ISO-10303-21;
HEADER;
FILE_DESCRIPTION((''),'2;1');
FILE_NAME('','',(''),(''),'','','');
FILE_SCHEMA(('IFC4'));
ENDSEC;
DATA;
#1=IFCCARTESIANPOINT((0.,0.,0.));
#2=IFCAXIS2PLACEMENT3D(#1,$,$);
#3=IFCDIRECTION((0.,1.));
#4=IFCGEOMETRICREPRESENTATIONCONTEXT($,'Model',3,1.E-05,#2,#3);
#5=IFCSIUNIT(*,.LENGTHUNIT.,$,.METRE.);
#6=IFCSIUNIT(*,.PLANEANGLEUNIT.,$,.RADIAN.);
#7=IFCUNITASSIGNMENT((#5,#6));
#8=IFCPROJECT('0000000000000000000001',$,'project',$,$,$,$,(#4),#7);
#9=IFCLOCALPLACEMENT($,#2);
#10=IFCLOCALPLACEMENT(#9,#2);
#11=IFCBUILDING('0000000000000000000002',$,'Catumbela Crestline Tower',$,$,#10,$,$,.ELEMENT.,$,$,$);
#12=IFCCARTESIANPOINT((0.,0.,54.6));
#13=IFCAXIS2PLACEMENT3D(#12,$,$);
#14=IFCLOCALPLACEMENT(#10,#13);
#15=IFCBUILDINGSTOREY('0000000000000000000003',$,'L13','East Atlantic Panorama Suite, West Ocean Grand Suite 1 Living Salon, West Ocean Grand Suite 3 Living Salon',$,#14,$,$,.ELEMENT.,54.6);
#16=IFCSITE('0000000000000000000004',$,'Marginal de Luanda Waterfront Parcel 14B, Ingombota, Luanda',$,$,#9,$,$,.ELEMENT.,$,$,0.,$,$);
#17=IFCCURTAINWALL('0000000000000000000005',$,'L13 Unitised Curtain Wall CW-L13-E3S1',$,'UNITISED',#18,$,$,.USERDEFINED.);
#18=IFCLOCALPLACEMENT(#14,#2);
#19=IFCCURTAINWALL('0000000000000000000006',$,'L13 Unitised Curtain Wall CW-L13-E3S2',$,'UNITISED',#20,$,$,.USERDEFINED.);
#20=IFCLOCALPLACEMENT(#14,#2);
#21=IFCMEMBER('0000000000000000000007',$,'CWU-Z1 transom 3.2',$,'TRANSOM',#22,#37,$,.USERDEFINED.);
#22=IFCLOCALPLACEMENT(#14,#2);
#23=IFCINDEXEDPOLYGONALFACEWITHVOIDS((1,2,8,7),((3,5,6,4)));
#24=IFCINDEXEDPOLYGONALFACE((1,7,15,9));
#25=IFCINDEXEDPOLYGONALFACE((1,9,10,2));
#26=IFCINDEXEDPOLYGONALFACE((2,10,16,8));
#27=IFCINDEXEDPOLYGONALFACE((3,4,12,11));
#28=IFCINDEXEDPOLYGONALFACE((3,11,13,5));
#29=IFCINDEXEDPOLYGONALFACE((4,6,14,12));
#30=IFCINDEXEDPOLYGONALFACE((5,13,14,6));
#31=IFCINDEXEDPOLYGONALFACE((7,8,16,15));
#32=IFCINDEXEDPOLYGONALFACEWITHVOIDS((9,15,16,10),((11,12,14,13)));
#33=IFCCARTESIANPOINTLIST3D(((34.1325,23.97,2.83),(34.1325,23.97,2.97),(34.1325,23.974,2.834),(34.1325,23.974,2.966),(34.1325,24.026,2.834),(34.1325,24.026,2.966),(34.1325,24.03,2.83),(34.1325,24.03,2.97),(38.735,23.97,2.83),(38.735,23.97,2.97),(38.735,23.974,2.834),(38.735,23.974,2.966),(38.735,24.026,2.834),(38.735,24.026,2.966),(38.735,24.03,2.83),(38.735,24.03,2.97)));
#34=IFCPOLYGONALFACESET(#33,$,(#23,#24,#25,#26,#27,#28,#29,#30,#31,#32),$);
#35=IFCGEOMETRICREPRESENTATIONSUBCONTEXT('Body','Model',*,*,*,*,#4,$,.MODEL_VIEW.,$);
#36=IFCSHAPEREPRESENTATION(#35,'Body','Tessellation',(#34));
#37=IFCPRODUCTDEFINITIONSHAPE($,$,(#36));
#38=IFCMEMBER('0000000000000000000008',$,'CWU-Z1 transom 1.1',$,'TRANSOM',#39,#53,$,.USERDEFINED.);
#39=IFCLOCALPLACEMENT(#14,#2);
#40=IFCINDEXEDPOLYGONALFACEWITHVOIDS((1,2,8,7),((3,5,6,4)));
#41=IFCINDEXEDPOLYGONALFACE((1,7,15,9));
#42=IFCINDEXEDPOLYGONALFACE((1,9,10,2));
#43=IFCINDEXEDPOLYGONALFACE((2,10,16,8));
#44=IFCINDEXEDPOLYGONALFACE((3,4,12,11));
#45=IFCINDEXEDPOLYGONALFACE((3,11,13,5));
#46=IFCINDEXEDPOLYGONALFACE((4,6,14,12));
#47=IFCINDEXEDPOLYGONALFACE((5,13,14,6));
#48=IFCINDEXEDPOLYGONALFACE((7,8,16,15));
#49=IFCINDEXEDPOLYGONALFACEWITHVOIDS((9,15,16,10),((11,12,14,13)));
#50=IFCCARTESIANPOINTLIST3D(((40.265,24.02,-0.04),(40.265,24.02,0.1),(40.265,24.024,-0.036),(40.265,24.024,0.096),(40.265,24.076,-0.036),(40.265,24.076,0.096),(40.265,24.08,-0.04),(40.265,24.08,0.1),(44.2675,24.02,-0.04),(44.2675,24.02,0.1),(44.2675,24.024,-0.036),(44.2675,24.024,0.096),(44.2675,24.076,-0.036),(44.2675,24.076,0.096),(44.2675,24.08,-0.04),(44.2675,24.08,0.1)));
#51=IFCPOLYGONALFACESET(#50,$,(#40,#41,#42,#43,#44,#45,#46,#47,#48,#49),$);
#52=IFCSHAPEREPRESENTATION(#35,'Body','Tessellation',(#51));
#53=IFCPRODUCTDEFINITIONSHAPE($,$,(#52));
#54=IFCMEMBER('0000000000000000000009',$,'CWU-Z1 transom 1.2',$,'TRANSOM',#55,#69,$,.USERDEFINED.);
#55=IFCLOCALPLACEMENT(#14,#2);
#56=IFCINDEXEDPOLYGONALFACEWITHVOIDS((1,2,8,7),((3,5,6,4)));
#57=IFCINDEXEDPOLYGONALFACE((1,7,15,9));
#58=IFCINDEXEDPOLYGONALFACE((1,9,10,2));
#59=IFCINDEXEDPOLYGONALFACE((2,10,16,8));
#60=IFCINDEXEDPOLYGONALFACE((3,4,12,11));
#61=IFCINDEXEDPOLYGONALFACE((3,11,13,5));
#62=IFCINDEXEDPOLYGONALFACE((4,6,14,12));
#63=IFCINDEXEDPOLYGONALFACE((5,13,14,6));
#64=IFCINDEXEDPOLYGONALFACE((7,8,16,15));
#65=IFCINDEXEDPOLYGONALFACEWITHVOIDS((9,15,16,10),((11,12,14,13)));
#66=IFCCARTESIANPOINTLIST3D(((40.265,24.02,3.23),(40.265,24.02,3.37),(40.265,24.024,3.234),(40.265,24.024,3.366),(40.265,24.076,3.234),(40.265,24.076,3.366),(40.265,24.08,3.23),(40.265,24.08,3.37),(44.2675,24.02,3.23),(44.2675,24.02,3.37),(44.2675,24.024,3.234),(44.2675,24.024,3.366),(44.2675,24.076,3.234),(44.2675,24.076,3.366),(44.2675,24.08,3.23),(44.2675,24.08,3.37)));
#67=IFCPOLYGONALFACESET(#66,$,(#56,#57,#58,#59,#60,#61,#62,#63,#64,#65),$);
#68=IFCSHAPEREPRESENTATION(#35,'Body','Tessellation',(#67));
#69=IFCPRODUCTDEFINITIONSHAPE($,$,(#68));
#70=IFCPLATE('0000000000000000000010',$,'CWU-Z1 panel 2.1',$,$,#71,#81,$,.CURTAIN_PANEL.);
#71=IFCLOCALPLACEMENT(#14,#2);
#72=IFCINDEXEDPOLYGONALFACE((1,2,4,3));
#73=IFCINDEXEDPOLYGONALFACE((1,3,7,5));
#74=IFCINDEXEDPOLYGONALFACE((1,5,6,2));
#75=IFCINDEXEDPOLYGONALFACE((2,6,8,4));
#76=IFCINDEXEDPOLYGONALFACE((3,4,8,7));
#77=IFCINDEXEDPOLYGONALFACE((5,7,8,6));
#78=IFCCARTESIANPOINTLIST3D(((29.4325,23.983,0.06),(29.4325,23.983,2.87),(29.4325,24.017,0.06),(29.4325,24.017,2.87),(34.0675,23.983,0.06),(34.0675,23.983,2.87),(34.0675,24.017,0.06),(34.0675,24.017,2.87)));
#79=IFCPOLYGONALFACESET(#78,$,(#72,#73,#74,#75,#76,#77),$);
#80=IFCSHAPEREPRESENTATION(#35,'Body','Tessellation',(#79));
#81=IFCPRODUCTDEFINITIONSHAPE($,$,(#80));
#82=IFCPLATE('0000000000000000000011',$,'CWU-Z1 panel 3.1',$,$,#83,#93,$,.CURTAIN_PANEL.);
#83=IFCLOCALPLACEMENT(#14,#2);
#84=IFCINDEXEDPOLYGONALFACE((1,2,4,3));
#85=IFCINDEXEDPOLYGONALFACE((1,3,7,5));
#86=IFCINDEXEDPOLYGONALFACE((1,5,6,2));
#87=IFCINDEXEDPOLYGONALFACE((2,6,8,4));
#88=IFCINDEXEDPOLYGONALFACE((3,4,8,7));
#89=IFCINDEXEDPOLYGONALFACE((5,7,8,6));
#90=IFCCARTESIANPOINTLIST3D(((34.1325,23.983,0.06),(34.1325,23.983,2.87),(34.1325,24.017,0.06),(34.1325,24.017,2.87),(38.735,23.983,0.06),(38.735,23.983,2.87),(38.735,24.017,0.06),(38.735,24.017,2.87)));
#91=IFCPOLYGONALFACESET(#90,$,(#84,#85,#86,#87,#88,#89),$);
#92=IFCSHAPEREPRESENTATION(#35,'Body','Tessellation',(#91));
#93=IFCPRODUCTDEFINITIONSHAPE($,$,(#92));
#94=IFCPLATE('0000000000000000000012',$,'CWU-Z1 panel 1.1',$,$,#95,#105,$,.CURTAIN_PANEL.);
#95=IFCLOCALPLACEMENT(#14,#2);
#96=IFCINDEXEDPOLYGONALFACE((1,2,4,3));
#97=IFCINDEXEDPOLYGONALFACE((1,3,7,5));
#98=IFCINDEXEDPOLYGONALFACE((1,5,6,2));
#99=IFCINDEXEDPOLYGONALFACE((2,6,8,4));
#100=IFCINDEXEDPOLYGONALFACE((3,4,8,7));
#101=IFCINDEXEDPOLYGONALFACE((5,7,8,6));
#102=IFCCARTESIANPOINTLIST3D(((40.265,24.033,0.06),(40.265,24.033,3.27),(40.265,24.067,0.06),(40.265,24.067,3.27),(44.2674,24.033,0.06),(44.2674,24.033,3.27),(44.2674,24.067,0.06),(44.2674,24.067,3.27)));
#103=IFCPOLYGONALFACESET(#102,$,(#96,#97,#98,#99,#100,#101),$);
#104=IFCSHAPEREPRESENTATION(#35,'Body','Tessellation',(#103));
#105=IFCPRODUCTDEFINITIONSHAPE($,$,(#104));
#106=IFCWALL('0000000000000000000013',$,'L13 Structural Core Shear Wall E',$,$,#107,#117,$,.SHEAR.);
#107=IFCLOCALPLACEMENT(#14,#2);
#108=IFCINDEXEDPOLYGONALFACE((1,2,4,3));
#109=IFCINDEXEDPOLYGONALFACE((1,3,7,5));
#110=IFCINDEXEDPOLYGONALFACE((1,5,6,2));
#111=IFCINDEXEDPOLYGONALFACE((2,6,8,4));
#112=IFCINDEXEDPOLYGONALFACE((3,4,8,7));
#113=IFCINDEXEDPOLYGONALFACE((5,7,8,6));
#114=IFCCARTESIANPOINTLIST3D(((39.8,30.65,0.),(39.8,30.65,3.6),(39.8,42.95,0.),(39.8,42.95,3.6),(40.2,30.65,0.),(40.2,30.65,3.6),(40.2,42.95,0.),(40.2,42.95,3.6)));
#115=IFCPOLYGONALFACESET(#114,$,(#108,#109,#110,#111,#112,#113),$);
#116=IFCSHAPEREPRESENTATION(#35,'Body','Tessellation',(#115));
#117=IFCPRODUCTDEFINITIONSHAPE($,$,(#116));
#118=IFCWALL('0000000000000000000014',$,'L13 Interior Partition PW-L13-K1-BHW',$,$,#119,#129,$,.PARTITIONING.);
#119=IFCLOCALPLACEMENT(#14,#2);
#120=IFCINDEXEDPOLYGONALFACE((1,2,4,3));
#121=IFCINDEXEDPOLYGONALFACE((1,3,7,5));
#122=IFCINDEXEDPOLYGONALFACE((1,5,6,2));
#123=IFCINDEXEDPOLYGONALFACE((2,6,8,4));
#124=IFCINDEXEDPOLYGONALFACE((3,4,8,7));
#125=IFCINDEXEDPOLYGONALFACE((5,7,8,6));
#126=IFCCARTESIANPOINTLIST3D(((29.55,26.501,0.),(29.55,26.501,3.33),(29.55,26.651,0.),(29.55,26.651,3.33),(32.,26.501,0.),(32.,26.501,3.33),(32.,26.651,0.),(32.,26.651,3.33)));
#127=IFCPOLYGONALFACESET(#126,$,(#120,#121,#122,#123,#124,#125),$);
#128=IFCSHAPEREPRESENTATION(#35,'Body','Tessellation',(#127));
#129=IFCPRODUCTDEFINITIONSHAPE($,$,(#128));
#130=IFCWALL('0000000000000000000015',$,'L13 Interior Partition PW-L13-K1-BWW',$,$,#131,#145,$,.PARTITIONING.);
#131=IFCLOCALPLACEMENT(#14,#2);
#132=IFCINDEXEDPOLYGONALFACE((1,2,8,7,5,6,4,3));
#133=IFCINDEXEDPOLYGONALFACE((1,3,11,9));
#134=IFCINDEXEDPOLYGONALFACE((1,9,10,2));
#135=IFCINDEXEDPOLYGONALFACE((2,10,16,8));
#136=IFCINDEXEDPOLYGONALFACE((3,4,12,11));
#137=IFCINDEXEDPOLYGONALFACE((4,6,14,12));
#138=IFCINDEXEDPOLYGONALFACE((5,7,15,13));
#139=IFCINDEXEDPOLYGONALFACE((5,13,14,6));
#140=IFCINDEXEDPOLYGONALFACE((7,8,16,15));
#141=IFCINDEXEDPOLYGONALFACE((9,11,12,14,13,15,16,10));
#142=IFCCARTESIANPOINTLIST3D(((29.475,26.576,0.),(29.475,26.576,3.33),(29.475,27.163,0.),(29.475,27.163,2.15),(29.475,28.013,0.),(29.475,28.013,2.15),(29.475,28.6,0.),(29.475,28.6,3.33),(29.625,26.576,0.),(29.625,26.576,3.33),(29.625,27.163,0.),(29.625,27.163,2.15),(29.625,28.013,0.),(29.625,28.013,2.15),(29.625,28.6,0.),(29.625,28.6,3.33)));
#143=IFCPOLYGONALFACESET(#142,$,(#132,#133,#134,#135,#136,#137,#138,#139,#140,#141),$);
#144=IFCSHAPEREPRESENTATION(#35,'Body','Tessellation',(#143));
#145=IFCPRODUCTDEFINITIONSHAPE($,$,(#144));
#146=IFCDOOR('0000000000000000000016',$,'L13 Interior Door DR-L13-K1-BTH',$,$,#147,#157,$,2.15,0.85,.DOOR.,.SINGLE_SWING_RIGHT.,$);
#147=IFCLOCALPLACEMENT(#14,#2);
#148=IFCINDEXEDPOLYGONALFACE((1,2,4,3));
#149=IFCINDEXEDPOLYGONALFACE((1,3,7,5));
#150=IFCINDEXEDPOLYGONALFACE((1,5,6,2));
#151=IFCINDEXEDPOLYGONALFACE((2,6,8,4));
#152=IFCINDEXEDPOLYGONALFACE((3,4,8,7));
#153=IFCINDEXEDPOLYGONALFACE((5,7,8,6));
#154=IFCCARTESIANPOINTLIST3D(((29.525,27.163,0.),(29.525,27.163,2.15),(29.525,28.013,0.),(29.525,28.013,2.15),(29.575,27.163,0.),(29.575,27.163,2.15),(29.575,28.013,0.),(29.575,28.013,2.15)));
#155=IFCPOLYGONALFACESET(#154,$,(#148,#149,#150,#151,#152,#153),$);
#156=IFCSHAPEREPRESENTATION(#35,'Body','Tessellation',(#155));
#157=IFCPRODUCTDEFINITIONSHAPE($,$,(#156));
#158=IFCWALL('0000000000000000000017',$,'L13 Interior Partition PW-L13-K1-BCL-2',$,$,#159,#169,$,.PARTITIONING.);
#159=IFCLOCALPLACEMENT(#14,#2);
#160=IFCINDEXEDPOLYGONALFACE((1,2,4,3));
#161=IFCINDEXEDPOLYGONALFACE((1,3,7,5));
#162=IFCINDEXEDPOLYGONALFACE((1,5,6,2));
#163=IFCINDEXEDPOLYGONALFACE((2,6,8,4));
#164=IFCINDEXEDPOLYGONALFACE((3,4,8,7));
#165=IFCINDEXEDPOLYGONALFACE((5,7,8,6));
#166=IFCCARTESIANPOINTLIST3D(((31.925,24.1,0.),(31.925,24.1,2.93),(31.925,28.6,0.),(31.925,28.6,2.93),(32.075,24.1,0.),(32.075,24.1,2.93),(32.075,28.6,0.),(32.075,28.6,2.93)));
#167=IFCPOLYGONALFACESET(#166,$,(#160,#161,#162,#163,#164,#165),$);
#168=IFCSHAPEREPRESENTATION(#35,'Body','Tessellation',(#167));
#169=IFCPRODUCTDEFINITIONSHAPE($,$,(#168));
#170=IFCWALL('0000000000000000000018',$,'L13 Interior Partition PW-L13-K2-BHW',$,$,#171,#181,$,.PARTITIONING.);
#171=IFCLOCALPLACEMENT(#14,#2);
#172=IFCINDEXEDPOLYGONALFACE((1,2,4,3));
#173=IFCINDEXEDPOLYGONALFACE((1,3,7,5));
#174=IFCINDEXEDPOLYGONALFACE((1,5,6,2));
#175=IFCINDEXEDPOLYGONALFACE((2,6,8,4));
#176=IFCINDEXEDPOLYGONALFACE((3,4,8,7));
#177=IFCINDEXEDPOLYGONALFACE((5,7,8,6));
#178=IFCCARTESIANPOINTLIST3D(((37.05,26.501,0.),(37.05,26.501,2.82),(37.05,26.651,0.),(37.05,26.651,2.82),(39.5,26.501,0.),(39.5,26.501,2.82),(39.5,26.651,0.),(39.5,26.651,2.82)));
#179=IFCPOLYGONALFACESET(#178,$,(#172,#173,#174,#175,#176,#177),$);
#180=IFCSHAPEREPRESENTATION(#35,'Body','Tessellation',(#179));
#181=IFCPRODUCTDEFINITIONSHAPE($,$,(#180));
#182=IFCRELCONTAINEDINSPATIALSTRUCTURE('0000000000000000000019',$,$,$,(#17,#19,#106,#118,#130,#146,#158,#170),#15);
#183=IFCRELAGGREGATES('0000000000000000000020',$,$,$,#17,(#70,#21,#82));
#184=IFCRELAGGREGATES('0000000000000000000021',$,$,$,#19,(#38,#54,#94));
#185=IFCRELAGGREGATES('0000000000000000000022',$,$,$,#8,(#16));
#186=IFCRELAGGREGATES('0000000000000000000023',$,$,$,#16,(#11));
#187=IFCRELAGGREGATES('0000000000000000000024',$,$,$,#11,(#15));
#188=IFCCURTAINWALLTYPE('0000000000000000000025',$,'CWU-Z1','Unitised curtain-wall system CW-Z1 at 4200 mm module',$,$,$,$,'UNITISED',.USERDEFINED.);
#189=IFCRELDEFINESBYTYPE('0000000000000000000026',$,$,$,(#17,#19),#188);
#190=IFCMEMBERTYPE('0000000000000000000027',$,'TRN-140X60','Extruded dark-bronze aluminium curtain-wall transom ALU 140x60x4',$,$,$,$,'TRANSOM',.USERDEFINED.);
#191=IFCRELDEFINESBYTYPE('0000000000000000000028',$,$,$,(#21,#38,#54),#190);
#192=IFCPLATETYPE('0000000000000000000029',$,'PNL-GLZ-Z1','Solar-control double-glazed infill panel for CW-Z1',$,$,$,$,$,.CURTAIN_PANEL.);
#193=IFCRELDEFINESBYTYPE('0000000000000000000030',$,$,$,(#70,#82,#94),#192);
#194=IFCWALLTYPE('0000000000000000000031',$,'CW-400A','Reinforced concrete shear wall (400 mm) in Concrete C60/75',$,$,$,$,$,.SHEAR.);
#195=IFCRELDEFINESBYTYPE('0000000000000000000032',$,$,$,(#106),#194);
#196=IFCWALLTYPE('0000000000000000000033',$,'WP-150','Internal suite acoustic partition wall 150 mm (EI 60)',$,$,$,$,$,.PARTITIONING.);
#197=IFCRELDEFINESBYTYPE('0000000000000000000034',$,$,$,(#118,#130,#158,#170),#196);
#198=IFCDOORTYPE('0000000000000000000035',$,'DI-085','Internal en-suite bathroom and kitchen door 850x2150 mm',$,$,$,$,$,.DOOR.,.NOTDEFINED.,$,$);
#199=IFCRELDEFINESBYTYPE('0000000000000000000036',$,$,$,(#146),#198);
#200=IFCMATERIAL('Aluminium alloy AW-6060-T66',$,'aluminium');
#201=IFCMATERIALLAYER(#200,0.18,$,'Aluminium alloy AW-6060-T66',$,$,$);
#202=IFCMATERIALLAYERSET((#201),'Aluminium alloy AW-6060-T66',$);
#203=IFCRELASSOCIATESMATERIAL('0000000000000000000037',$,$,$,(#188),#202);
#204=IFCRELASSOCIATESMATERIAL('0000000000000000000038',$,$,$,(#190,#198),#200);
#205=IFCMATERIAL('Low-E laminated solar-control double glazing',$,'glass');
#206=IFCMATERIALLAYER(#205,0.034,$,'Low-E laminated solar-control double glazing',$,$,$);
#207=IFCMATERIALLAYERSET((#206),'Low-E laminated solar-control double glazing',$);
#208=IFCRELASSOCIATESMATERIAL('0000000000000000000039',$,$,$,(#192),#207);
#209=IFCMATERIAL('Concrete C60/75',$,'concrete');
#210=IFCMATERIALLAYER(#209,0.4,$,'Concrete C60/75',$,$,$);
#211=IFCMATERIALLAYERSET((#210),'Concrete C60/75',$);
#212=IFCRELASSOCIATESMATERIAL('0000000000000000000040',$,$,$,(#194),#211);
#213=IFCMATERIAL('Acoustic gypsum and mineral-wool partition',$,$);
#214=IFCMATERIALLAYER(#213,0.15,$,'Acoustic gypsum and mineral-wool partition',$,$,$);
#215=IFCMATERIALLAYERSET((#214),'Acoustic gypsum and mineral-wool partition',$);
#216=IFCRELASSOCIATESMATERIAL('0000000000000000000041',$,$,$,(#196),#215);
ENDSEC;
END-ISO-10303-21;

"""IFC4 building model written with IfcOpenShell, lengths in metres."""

from ifc_helpers import new_model, si_unit, direction, frame, frame_2d, origin, origin_2d, place, context, subcontext, project, spatial, rectangle, hollow_rectangle, extrude, material, layer, layer_set, material_profile, profile_set, type_object, element, fill, aggregate, save


model = new_model("IFC4")

# Units and contexts
model_context = context("Model", 3, precision=1e-05, world=origin(), true_north=direction((0.0, 1.0)))
body_context = subcontext(model_context, "Body", "Model", "MODEL_VIEW")
ifc_project = project(units=[si_unit("LENGTHUNIT", "METRE"), si_unit("PLANEANGLEUNIT", "RADIAN")], contexts=[model_context])

# Site, building, storey
site_placement = place(None, origin())
site = spatial("IfcSite", under=ifc_project, at=site_placement, Name="Marginal de Luanda Waterfront Parcel 14B, Ingombota, Luanda", CompositionType="ELEMENT", RefElevation=0.0)
building_placement = place(site_placement, origin())
building = spatial("IfcBuilding", under=site, at=building_placement, Name="Catumbela Crestline Tower", CompositionType="ELEMENT")
storey_placement = place(building_placement, frame((0.0, 0.0, 54.6)))
storey = spatial("IfcBuildingStorey", under=building, at=storey_placement, Name="L13", Description="East Atlantic Panorama Suite, West Ocean Grand Suite 1 Living Salon, West Ocean Grand Suite 3 Living Salon", CompositionType="ELEMENT", Elevation=54.6)

# Shared definitions
ifc_material_1 = material(Name="Concrete C60/75", Category="concrete")

# Curtain walls
ifc_material_2 = material(Name="Aluminium alloy AW-6060-T66", Category="aluminium")
ifc_layer_1 = layer(ifc_material_2, 0.18, Name="Aluminium alloy AW-6060-T66")
ifc_layer_set_1 = layer_set([ifc_layer_1], Name="Aluminium alloy AW-6060-T66")
curtain_wall_type = type_object("IfcCurtainWallType", Name="CWU-Z1", Description="Unitised curtain-wall system CW-Z1 at 4200 mm module", ElementType="UNITISED", PredefinedType="USERDEFINED", material=ifc_layer_set_1)
curtain_wall_1_placement = place(storey_placement, origin())
curtain_wall_1 = element("IfcCurtainWall", 1, at=curtain_wall_1_placement, inside=storey, type_object=curtain_wall_type, Name="L13 Unitised Curtain Wall CW-L13-E3S1", ObjectType="UNITISED", PredefinedType="USERDEFINED")
curtain_wall_2_placement = place(storey_placement, origin())
curtain_wall_2 = element("IfcCurtainWall", 2, at=curtain_wall_2_placement, inside=storey, type_object=curtain_wall_type, Name="L13 Unitised Curtain Wall CW-L13-E3S2", ObjectType="UNITISED", PredefinedType="USERDEFINED")

# Members
ifc_material_profile_1 = material_profile(ifc_material_2, hollow_rectangle(XDim=0.06, YDim=0.14, WallThickness=0.004, at=origin_2d()), Name="ALU 140x60x4")
ifc_profile_set_1 = profile_set([ifc_material_profile_1], Name="Aluminium alloy AW-6060-T66")
member_type_1 = type_object("IfcMemberType", Name="TRN-140X60", Description="Extruded dark-bronze aluminium curtain-wall transom ALU 140x60x4", ElementType="TRANSOM", PredefinedType="USERDEFINED", material=ifc_profile_set_1)
member_1_placement = place(storey_placement, frame((34.1325, 24.0, 2.9), z_axis=(1.0, 0.0, 0.0), x_axis=(0.0, 1.0, 0.0)))
member_1 = element("IfcMember", 3, at=member_1_placement, type_object=member_type_1, Name="CWU-Z1 transom 3.2", ObjectType="TRANSOM", PredefinedType="USERDEFINED", context=body_context, shape_type="SweptSolid", body=[
    extrude(hollow_rectangle(XDim=0.06, YDim=0.14, WallThickness=0.004, at=origin_2d()), origin(), (0.0, 0.0, 1.0), 4.6025),
])
member_2_placement = place(storey_placement, frame((40.265, 24.05, 0.03), z_axis=(1.0, 0.0, 0.0), x_axis=(0.0, 1.0, 0.0)))
member_2 = element("IfcMember", 4, at=member_2_placement, type_object=member_type_1, Name="CWU-Z1 transom 1.1", ObjectType="TRANSOM", PredefinedType="USERDEFINED", context=body_context, shape_type="SweptSolid", body=[
    extrude(hollow_rectangle(XDim=0.06, YDim=0.14, WallThickness=0.004, at=origin_2d()), origin(), (0.0, 0.0, 1.0), 4.0025),
])
member_3_placement = place(storey_placement, frame((40.265, 24.05, 3.3), z_axis=(1.0, 0.0, 0.0), x_axis=(0.0, 1.0, 0.0)))
member_3 = element("IfcMember", 5, at=member_3_placement, type_object=member_type_1, Name="CWU-Z1 transom 1.2", ObjectType="TRANSOM", PredefinedType="USERDEFINED", context=body_context, shape_type="SweptSolid", body=[
    extrude(hollow_rectangle(XDim=0.06, YDim=0.14, WallThickness=0.004, at=origin_2d()), origin(), (0.0, 0.0, 1.0), 4.0025),
])

# Plates
ifc_material_3 = material(Name="Low-E laminated solar-control double glazing", Category="glass")
ifc_layer_2 = layer(ifc_material_3, 0.034, Name="Low-E laminated solar-control double glazing")
ifc_layer_set_2 = layer_set([ifc_layer_2], Name="Low-E laminated solar-control double glazing")
plate_type = type_object("IfcPlateType", Name="PNL-GLZ-Z1", Description="Solar-control double-glazed infill panel for CW-Z1", PredefinedType="CURTAIN_PANEL", material=ifc_layer_set_2)
plate_1_placement = place(storey_placement, frame((31.75, 24.0, 0.06), z_axis=(0.0, 0.0, 1.0), x_axis=(1.0, 0.0, 0.0)))
plate_1 = element("IfcPlate", 6, at=plate_1_placement, type_object=plate_type, Name="CWU-Z1 panel 2.1", PredefinedType="CURTAIN_PANEL", context=body_context, shape_type="SweptSolid", body=[
    extrude(rectangle(XDim=4.635, YDim=0.034, at=origin_2d()), origin(), (0.0, 0.0, 1.0), 2.81),
])
plate_2_placement = place(storey_placement, frame((36.4338, 24.0, 0.06), z_axis=(0.0, 0.0, 1.0), x_axis=(1.0, 0.0, 0.0)))
plate_2 = element("IfcPlate", 7, at=plate_2_placement, type_object=plate_type, Name="CWU-Z1 panel 3.1", PredefinedType="CURTAIN_PANEL", context=body_context, shape_type="SweptSolid", body=[
    extrude(rectangle(XDim=4.6025, YDim=0.034, at=origin_2d()), origin(), (0.0, 0.0, 1.0), 2.81),
])
aggregate(curtain_wall_1, [plate_1, member_1, plate_2])
plate_3_placement = place(storey_placement, frame((42.2662, 24.05, 0.06), z_axis=(0.0, 0.0, 1.0), x_axis=(1.0, 0.0, 0.0)))
plate_3 = element("IfcPlate", 8, at=plate_3_placement, type_object=plate_type, Name="CWU-Z1 panel 1.1", PredefinedType="CURTAIN_PANEL", context=body_context, shape_type="SweptSolid", body=[
    extrude(rectangle(XDim=4.0025, YDim=0.034, at=origin_2d()), origin(), (0.0, 0.0, 1.0), 3.21),
])
aggregate(curtain_wall_2, [member_2, member_3, plate_3])

# Walls
ifc_layer_3 = layer(ifc_material_1, 0.4, Name="Concrete C60/75")
ifc_layer_set_3 = layer_set([ifc_layer_3], Name="Concrete C60/75")
wall_type_1 = type_object("IfcWallType", Name="CW-400A", Description="Reinforced concrete shear wall (400 mm) in Concrete C60/75", PredefinedType="SHEAR", material=ifc_layer_set_3)
wall_1_placement = place(storey_placement, frame((40.0, 30.65, 0.0), z_axis=(0.0, 0.0, 1.0), x_axis=(0.0, 1.0, 0.0)))
element("IfcWall", 9, at=wall_1_placement, inside=storey, type_object=wall_type_1, Name="L13 Structural Core Shear Wall E", PredefinedType="SHEAR", context=body_context, shape_type="SweptSolid", body=[
    extrude(rectangle(XDim=12.3, YDim=0.4, at=frame_2d((6.15, 0.0))), origin(), (0.0, 0.0, 1.0), 3.6),
])
ifc_material_4 = material(Name="Acoustic gypsum and mineral-wool partition")
ifc_layer_4 = layer(ifc_material_4, 0.15, Name="Acoustic gypsum and mineral-wool partition")
ifc_layer_set_4 = layer_set([ifc_layer_4], Name="Acoustic gypsum and mineral-wool partition")
wall_type_2 = type_object("IfcWallType", Name="WP-150", Description="Internal suite acoustic partition wall 150 mm (EI 60)", PredefinedType="PARTITIONING", material=ifc_layer_set_4)
wall_2_placement = place(storey_placement, frame((29.55, 26.576, 0.0), z_axis=(0.0, 0.0, 1.0), x_axis=(1.0, 0.0, 0.0)))
element("IfcWall", 10, at=wall_2_placement, inside=storey, type_object=wall_type_2, Name="L13 Interior Partition PW-L13-K1-BHW", PredefinedType="PARTITIONING", context=body_context, shape_type="SweptSolid", body=[
    extrude(rectangle(XDim=2.45, YDim=0.15, at=frame_2d((1.225, 0.0))), origin(), (0.0, 0.0, 1.0), 3.33),
])

# Wall, opening, door
wall_3_placement = place(storey_placement, frame((29.55, 26.576, 0.0), z_axis=(0.0, 0.0, 1.0), x_axis=(0.0, 1.0, 0.0)))
wall_3 = element("IfcWall", 11, at=wall_3_placement, inside=storey, type_object=wall_type_2, Name="L13 Interior Partition PW-L13-K1-BWW", PredefinedType="PARTITIONING", context=body_context, shape_type="SweptSolid", body=[
    extrude(rectangle(XDim=2.024, YDim=0.15, at=frame_2d((1.012, 0.0))), origin(), (0.0, 0.0, 1.0), 3.33),
])
opening_1_placement = place(wall_3_placement, frame((0.587, 0.0, 0.0)))
opening_1 = element("IfcOpeningElement", 12, at=opening_1_placement, cuts=wall_3, PredefinedType="OPENING", context=body_context, shape_type="SweptSolid", body=[
    extrude(rectangle(XDim=0.85, YDim=2.15, at=frame_2d((0.425, 1.075))), frame((0.0, 0.085, 0.0), z_axis=(0.0, -1.0, 0.0), x_axis=(1.0, 0.0, 0.0)), (0.0, 0.0, 1.0), 0.17),
])
door_type = type_object("IfcDoorType", Name="DI-085", Description="Internal en-suite bathroom and kitchen door 850x2150 mm", OperationType="NOTDEFINED", PredefinedType="DOOR", material=ifc_material_2)
door_1_placement = place(opening_1_placement, origin())
door_1 = element("IfcDoor", 13, at=door_1_placement, inside=storey, type_object=door_type, Name="L13 Interior Door DR-L13-K1-BTH", OperationType="SINGLE_SWING_RIGHT", OverallHeight=2.15, OverallWidth=0.85, PredefinedType="DOOR", context=body_context, shape_type="SweptSolid", body=[
    extrude(rectangle(XDim=0.85, YDim=2.15, at=frame_2d((0.425, 1.075))), frame((0.0, 0.025, 0.0), z_axis=(0.0, -1.0, 0.0), x_axis=(1.0, 0.0, 0.0)), (0.0, 0.0, 1.0), 0.05),
])
fill(opening_1, door_1)

# Walls
wall_4_placement = place(storey_placement, frame((32.0, 28.6, 0.0), z_axis=(0.0, 0.0, 1.0), x_axis=(0.0, -1.0, 0.0)))
element("IfcWall", 14, at=wall_4_placement, inside=storey, type_object=wall_type_2, Name="L13 Interior Partition PW-L13-K1-BCL-2", PredefinedType="PARTITIONING", context=body_context, shape_type="SweptSolid", body=[
    extrude(rectangle(XDim=4.5, YDim=0.15, at=frame_2d((2.25, 0.0))), origin(), (0.0, 0.0, 1.0), 2.93),
])
wall_5_placement = place(storey_placement, frame((37.05, 26.576, 0.0), z_axis=(0.0, 0.0, 1.0), x_axis=(1.0, 0.0, 0.0)))
element("IfcWall", 15, at=wall_5_placement, inside=storey, type_object=wall_type_2, Name="L13 Interior Partition PW-L13-K2-BHW", PredefinedType="PARTITIONING", context=body_context, shape_type="SweptSolid", body=[
    extrude(rectangle(XDim=2.45, YDim=0.15, at=frame_2d((1.225, 0.0))), origin(), (0.0, 0.0, 1.0), 2.82),
])

save(model, "model.ifc")
